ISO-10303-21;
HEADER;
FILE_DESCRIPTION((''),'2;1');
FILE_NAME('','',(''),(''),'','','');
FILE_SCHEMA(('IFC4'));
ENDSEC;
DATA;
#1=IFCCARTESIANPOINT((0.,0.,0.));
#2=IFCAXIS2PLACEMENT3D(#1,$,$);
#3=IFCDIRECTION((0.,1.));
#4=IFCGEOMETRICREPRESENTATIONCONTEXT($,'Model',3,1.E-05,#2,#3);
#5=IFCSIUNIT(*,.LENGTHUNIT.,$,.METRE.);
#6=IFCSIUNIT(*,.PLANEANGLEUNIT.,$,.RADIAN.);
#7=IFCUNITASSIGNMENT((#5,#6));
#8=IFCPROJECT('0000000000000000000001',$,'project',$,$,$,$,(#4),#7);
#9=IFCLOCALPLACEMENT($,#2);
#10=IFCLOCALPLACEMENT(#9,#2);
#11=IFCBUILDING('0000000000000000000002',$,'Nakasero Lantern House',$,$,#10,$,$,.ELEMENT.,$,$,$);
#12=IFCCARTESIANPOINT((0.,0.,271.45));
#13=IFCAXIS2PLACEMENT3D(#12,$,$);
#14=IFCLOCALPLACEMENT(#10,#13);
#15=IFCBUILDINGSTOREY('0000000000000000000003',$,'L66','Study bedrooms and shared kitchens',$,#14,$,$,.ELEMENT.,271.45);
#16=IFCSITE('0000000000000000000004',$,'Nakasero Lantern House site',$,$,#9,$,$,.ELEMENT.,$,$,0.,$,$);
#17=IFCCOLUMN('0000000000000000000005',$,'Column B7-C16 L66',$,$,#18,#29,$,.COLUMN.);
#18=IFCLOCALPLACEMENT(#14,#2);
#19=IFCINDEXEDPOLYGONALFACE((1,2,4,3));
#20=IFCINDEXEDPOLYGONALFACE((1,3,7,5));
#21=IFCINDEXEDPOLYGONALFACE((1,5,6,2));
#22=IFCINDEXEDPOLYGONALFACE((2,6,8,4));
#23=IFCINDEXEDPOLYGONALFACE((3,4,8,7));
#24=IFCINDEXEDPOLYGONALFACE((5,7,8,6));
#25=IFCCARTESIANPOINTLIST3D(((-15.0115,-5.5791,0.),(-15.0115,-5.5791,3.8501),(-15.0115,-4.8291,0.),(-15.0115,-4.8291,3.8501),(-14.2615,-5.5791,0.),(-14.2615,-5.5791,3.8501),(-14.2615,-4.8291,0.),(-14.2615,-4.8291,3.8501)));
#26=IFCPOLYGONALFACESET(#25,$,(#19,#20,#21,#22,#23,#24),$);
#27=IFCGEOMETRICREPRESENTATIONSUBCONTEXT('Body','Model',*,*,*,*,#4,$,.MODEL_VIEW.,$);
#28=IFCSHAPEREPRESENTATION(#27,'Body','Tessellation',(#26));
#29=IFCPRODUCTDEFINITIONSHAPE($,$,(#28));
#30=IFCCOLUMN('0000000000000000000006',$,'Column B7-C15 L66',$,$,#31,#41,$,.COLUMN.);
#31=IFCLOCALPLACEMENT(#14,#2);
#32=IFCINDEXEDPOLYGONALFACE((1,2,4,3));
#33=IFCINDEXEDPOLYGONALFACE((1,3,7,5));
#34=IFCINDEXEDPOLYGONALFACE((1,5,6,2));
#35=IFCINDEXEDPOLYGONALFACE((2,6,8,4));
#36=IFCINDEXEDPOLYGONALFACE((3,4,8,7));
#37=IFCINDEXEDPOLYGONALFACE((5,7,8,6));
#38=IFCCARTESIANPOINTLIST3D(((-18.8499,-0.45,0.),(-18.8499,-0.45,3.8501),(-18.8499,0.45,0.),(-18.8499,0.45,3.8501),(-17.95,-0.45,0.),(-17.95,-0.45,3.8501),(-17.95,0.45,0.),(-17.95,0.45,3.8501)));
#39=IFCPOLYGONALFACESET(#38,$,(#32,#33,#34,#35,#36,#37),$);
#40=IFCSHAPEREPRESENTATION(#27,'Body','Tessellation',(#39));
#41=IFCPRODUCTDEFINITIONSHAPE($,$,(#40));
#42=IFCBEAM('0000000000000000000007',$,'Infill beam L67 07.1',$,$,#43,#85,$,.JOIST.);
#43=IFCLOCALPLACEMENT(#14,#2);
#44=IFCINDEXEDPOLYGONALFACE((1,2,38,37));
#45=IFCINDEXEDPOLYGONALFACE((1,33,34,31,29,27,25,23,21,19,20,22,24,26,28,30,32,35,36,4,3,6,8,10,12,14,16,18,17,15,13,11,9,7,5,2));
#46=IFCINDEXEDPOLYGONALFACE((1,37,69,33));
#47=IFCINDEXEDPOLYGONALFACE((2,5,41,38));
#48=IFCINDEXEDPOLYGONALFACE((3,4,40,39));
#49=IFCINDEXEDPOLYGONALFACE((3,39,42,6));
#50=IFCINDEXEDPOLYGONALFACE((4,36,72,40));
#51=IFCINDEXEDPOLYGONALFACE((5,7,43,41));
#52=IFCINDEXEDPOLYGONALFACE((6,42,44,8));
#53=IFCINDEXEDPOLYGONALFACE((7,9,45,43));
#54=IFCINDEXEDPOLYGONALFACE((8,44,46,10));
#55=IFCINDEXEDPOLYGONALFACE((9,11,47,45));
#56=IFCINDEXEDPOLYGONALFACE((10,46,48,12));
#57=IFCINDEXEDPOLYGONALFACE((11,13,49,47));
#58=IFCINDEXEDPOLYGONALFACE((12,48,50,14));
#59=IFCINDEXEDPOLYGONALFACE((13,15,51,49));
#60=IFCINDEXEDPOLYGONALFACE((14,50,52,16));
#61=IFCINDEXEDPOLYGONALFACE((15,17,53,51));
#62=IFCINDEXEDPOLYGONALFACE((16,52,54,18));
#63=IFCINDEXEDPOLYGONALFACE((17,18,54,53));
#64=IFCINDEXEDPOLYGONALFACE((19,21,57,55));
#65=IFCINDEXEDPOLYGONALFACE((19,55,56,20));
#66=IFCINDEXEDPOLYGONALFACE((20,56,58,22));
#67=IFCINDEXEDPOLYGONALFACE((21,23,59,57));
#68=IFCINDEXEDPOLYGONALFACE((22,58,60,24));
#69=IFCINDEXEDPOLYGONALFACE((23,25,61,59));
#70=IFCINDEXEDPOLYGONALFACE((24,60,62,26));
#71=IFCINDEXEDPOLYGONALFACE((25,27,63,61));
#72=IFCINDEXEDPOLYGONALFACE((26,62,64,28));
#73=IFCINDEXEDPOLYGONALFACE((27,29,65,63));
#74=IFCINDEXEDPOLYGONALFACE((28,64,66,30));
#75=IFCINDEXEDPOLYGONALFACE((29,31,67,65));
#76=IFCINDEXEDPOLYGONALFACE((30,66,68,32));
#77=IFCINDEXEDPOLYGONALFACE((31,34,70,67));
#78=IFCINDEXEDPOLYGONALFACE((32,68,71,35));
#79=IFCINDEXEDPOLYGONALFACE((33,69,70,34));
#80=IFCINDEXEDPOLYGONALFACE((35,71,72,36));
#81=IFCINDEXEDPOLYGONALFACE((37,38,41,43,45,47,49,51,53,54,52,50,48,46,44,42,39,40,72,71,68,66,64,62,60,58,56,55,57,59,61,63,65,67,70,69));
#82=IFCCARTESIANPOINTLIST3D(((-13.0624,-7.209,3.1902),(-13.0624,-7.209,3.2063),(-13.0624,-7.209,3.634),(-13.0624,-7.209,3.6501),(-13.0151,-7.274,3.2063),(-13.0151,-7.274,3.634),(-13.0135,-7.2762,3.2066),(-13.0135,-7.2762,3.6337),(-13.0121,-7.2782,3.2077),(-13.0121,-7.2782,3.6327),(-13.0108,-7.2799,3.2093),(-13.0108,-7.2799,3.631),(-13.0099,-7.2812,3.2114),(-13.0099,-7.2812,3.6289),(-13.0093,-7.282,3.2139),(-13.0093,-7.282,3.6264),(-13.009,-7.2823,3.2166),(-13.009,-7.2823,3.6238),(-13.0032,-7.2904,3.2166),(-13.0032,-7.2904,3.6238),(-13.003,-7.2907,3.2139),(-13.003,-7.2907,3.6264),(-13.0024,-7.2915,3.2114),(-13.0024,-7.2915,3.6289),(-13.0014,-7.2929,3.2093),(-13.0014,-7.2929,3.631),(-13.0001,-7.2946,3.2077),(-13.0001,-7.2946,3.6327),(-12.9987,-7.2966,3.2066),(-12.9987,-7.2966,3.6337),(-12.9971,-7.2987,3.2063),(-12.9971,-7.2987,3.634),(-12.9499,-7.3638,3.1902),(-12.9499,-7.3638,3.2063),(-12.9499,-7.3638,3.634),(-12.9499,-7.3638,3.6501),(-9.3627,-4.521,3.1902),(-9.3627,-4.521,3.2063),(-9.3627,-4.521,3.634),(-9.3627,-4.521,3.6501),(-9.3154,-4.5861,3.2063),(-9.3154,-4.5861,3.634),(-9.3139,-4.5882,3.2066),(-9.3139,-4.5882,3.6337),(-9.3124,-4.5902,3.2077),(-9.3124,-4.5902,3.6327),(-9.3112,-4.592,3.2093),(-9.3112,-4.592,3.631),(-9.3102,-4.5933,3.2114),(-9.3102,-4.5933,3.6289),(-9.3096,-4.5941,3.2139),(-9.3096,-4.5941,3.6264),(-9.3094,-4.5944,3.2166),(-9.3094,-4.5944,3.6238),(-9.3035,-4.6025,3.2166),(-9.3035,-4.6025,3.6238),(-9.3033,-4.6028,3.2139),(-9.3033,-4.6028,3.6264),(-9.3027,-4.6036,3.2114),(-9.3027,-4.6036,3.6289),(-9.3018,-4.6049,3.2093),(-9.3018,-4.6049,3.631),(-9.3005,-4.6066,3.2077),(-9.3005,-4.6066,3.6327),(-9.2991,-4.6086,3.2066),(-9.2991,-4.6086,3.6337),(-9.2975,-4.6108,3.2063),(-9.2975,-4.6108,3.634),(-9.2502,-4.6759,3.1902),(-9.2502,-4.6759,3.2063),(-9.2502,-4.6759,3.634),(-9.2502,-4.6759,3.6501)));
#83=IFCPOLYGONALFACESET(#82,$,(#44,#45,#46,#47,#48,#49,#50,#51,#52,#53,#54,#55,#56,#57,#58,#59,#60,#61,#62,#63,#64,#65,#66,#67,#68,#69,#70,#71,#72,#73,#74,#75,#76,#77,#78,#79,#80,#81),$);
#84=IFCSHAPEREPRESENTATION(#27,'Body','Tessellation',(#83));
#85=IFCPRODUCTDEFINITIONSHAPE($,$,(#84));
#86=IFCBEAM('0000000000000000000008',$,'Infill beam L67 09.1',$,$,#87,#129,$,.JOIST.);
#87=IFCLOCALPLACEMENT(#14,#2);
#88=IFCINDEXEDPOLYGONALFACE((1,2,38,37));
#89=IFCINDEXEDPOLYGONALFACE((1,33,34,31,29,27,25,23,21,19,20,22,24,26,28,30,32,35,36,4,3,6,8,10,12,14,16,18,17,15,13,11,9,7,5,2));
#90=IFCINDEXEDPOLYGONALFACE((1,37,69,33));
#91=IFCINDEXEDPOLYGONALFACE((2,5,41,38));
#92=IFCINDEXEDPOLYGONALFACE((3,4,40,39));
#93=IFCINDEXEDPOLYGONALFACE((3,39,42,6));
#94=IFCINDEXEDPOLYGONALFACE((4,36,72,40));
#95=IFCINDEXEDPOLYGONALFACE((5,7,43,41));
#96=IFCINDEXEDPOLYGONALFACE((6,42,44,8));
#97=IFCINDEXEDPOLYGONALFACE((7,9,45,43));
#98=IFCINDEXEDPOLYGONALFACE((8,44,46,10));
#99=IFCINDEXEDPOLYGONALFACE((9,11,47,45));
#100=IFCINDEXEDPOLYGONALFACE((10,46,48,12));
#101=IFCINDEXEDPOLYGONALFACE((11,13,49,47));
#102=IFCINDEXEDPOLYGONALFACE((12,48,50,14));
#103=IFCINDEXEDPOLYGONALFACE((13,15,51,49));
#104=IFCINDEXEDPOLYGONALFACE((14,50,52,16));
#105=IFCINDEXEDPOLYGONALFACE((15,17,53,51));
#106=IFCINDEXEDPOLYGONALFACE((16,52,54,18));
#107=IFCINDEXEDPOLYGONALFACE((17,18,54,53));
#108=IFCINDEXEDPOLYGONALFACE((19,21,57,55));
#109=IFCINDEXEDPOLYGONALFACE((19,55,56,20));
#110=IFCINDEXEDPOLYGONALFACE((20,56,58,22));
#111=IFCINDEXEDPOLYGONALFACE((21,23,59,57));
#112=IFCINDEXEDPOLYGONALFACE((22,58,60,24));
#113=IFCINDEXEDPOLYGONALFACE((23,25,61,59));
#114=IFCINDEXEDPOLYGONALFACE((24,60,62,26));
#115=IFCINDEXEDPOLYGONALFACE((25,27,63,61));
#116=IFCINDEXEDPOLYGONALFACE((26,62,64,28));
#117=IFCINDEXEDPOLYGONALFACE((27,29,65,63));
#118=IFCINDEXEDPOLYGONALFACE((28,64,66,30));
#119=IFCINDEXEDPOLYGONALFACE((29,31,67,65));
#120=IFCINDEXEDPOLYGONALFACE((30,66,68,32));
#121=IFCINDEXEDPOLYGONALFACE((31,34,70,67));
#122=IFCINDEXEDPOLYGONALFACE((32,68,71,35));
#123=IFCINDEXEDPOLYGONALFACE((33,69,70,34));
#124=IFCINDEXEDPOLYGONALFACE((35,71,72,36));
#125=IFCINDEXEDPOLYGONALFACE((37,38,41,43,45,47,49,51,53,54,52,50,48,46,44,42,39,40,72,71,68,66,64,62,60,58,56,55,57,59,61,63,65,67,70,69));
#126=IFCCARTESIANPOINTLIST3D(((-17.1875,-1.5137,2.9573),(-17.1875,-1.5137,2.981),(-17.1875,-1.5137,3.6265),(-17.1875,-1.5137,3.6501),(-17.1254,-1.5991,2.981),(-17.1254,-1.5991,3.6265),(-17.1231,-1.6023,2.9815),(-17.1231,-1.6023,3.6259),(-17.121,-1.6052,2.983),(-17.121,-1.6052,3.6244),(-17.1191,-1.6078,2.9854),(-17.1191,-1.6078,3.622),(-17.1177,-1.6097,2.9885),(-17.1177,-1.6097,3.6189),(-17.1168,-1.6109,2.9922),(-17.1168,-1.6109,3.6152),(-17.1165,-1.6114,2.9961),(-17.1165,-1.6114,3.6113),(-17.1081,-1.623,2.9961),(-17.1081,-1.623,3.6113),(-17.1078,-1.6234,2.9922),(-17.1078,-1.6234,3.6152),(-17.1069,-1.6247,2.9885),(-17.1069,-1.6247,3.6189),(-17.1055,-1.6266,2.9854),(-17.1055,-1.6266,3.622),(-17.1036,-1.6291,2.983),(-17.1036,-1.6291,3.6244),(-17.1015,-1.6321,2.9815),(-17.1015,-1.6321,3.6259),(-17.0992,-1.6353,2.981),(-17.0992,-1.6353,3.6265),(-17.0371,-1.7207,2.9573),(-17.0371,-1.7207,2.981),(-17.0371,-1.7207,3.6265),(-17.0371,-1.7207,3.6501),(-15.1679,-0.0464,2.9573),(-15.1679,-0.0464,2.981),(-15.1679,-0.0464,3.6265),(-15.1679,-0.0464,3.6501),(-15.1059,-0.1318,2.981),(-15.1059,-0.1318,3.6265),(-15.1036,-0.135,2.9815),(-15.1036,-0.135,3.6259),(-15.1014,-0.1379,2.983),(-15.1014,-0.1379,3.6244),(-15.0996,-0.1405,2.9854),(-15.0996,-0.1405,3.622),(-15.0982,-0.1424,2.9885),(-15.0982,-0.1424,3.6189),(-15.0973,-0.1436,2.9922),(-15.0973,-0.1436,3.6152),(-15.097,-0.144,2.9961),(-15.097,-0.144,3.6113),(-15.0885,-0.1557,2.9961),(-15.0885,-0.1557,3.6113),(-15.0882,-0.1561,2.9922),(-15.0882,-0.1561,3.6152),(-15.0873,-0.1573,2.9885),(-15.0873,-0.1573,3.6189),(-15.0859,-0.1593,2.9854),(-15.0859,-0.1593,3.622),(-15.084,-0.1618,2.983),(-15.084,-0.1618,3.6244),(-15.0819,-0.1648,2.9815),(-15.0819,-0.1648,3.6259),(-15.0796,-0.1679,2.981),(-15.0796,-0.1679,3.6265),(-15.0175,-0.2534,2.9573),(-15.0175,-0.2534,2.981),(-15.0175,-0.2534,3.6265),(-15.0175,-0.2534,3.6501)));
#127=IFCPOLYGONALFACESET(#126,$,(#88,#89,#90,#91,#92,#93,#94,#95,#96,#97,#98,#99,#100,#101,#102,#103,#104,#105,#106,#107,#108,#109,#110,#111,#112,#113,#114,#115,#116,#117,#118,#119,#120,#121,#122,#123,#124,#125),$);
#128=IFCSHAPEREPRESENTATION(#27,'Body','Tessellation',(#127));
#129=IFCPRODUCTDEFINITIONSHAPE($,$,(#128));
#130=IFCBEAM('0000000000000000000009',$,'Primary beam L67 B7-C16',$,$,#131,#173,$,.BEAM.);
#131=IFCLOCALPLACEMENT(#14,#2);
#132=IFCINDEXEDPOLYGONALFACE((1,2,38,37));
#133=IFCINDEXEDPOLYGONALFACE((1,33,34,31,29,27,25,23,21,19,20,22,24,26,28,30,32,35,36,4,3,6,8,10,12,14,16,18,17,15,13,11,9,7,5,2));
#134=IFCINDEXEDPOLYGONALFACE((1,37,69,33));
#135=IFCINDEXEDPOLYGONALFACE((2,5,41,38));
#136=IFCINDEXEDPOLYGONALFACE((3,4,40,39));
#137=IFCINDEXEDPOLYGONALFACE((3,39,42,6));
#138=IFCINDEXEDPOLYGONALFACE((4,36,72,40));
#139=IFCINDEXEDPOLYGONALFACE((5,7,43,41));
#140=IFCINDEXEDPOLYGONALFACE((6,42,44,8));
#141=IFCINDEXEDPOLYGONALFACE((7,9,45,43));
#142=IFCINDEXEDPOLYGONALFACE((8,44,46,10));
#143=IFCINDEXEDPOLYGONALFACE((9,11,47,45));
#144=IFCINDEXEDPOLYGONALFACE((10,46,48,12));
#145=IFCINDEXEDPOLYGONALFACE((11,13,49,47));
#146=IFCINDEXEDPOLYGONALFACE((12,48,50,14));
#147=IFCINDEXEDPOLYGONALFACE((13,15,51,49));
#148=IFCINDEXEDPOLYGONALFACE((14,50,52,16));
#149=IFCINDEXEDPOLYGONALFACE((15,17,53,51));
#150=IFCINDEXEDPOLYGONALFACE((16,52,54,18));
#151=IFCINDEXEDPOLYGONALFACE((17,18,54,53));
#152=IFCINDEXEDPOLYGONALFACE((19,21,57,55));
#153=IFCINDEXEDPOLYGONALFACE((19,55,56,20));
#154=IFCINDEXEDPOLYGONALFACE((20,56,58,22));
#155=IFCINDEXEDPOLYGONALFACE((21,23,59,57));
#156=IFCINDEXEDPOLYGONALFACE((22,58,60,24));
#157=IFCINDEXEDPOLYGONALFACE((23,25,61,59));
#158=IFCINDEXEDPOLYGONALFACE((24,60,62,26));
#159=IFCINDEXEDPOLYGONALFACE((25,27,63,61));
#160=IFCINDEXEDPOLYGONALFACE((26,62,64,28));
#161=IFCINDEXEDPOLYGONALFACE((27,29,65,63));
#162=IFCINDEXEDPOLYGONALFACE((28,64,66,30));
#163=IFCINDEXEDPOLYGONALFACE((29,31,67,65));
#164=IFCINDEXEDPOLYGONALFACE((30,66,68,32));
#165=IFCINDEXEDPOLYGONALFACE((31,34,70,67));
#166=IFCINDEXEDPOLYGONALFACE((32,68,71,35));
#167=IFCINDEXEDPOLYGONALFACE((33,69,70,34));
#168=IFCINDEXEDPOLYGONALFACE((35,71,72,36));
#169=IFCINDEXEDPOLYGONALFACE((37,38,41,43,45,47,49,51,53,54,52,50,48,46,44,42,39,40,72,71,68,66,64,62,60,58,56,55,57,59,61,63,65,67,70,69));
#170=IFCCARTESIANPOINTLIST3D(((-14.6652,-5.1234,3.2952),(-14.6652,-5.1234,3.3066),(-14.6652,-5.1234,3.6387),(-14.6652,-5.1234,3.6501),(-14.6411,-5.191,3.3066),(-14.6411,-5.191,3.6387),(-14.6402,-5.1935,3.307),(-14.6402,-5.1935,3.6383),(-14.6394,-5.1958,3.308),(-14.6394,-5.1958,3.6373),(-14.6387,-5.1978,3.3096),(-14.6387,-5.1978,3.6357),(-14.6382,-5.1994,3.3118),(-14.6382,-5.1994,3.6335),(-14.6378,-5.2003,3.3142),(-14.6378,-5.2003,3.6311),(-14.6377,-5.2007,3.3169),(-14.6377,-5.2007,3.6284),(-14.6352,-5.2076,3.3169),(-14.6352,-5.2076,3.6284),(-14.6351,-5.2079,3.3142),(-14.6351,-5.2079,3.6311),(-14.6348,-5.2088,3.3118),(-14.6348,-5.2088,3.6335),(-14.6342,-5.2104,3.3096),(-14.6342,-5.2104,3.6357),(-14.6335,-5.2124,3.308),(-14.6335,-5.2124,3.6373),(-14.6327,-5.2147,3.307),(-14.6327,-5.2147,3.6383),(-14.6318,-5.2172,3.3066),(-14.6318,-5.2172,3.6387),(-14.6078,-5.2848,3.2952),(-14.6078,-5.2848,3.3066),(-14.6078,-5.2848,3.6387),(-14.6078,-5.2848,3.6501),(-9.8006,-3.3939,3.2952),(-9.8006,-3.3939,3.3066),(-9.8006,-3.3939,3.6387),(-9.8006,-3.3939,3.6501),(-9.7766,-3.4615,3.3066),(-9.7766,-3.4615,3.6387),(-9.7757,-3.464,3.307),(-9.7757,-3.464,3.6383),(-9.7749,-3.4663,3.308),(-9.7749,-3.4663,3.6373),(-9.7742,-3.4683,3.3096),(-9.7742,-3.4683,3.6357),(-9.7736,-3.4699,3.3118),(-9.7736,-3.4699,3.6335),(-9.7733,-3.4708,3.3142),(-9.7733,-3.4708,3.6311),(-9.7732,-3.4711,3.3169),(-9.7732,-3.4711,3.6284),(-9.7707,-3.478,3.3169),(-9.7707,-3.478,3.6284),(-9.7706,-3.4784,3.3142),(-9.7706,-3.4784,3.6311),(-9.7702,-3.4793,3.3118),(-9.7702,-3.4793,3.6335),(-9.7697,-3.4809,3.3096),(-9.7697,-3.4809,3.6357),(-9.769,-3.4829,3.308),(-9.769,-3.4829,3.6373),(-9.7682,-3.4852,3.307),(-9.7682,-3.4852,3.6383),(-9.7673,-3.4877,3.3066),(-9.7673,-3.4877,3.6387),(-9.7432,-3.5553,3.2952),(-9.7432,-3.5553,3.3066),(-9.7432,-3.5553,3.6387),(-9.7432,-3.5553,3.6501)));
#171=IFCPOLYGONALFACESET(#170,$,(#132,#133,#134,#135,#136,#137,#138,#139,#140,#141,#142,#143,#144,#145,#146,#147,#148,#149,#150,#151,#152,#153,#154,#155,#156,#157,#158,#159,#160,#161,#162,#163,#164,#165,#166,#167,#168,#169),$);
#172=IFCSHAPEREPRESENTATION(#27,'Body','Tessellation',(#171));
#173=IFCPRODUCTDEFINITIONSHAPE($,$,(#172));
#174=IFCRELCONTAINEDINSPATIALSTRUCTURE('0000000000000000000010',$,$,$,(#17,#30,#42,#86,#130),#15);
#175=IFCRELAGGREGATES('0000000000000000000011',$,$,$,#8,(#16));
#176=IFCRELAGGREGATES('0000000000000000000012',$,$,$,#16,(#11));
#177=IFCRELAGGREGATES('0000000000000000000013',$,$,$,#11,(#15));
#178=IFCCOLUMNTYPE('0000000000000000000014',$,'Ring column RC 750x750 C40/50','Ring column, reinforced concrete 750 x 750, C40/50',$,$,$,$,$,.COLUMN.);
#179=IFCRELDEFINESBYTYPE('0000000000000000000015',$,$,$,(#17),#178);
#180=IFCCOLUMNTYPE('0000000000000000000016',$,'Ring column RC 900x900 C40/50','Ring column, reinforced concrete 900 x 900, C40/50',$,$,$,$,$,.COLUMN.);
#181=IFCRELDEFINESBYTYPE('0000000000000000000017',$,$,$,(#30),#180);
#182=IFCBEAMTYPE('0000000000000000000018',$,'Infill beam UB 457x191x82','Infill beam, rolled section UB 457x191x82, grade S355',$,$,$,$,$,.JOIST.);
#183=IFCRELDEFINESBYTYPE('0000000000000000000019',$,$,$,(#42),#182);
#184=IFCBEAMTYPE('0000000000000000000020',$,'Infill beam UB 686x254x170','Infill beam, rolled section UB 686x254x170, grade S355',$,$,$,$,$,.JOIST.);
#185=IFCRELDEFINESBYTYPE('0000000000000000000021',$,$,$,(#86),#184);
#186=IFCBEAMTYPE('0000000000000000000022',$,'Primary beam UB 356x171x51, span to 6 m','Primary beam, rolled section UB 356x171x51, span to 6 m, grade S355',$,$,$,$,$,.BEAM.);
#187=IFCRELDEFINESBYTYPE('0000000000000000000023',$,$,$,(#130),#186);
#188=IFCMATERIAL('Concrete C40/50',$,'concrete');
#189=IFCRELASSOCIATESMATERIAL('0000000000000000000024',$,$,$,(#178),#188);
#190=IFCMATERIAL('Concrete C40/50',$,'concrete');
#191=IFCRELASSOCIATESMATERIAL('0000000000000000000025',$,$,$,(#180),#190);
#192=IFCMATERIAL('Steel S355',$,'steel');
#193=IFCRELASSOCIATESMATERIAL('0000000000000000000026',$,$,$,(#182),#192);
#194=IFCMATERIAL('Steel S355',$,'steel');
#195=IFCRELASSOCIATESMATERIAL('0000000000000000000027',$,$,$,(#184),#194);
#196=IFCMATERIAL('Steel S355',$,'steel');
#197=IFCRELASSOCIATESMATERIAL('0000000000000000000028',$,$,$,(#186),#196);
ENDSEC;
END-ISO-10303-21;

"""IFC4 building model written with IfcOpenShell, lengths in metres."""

from ifc_helpers import new_model, si_unit, direction, frame, origin, origin_2d, place, context, subcontext, project, spatial, rectangle, i_section, extrude, material, material_profile, profile_set, type_object, element, save


model = new_model("IFC4")

# Units and contexts
model_context = context("Model", 3, precision=1e-05, world=origin(), true_north=direction((0.0, 1.0)))
body_context = subcontext(model_context, "Body", "Model", "MODEL_VIEW")
ifc_project = project(units=[si_unit("LENGTHUNIT", "METRE"), si_unit("PLANEANGLEUNIT", "RADIAN")], contexts=[model_context])

# Site, building, storey
site_placement = place(None, origin())
site = spatial("IfcSite", under=ifc_project, at=site_placement, Name="Nakasero Lantern House site", CompositionType="ELEMENT", RefElevation=0.0)
building_placement = place(site_placement, origin())
building = spatial("IfcBuilding", under=site, at=building_placement, Name="Nakasero Lantern House", CompositionType="ELEMENT")
storey_placement = place(building_placement, frame((0.0, 0.0, 271.45)))
storey = spatial("IfcBuildingStorey", under=building, at=storey_placement, Name="L66", Description="Study bedrooms and shared kitchens", CompositionType="ELEMENT", Elevation=271.45)

# Columns
ifc_material_1 = material(Name="Concrete C40/50", Category="concrete")
ifc_material_profile_1 = material_profile(ifc_material_1, rectangle(XDim=0.75, YDim=0.75, at=origin_2d()), Name="RC 750x750")
ifc_profile_set_1 = profile_set([ifc_material_profile_1], Name="Concrete C40/50")
column_type_1 = type_object("IfcColumnType", Name="Ring column RC 750x750 C40/50", Description="Ring column, reinforced concrete 750 x 750, C40/50", PredefinedType="COLUMN", material=ifc_profile_set_1)
column_1_placement = place(storey_placement, frame((-14.6365, -5.2041, 0.0), z_axis=(0.0, 0.0, 1.0), x_axis=(1.0, 0.0, 0.0)))
element("IfcColumn", 1, at=column_1_placement, inside=storey, type_object=column_type_1, Name="Column B7-C16 L66", PredefinedType="COLUMN", context=body_context, shape_type="SweptSolid", body=[
    extrude(rectangle(XDim=0.75, YDim=0.75, at=origin_2d()), origin(), (0.0, 0.0, 1.0), 3.8501),
])
ifc_material_2 = material(Name="Concrete C40/50", Category="concrete")
ifc_material_profile_2 = material_profile(ifc_material_2, rectangle(XDim=0.8999, YDim=0.8999, at=origin_2d()), Name="RC 900x900")
ifc_profile_set_2 = profile_set([ifc_material_profile_2], Name="Concrete C40/50")
column_type_2 = type_object("IfcColumnType", Name="Ring column RC 900x900 C40/50", Description="Ring column, reinforced concrete 900 x 900, C40/50", PredefinedType="COLUMN", material=ifc_profile_set_2)
column_2_placement = place(storey_placement, frame((-18.3999, 0.0, 0.0), z_axis=(0.0, 0.0, 1.0), x_axis=(1.0, 0.0, 0.0)))
element("IfcColumn", 2, at=column_2_placement, inside=storey, type_object=column_type_2, Name="Column B7-C15 L66", PredefinedType="COLUMN", context=body_context, shape_type="SweptSolid", body=[
    extrude(rectangle(XDim=0.8999, YDim=0.8999, at=origin_2d()), origin(), (0.0, 0.0, 1.0), 3.8501),
])

# Beams
ifc_material_3 = material(Name="Steel S355", Category="steel")
ifc_material_profile_3 = material_profile(ifc_material_3, i_section(OverallWidth=0.1914, OverallDepth=0.46, WebThickness=0.01, FlangeThickness=0.0161, FilletRadius=0.0103, at=origin_2d()), Name="UB 457x191x82")
ifc_profile_set_3 = profile_set([ifc_material_profile_3], Name="Steel S355")
beam_type_1 = type_object("IfcBeamType", Name="Infill beam UB 457x191x82", Description="Infill beam, rolled section UB 457x191x82, grade S355", PredefinedType="JOIST", material=ifc_profile_set_3)
beam_1_placement = place(storey_placement, frame((-13.0061, -7.2864, 3.4202), z_axis=(0.809018, 0.587784, 0.0), x_axis=(-0.587784, 0.809018, 0.0)))
element("IfcBeam", 3, at=beam_1_placement, inside=storey, type_object=beam_type_1, Name="Infill beam L67 07.1", PredefinedType="JOIST", context=body_context, shape_type="SweptSolid", body=[
    extrude(i_section(OverallWidth=0.1914, OverallDepth=0.46, WebThickness=0.01, FlangeThickness=0.0161, FilletRadius=0.0103, at=origin_2d()), origin(), (0.0, 0.0, 1.0), 4.573),
])
ifc_material_4 = material(Name="Steel S355", Category="steel")
ifc_material_profile_4 = material_profile(ifc_material_4, i_section(OverallWidth=0.2559, OverallDepth=0.6929, WebThickness=0.0144, FlangeThickness=0.0237, FilletRadius=0.0151, at=origin_2d()), Name="UB 686x254x170")
ifc_profile_set_4 = profile_set([ifc_material_profile_4], Name="Steel S355")
beam_type_2 = type_object("IfcBeamType", Name="Infill beam UB 686x254x170", Description="Infill beam, rolled section UB 686x254x170, grade S355", PredefinedType="JOIST", material=ifc_profile_set_4)
beam_2_placement = place(storey_placement, frame((-17.1123, -1.6172, 3.3037), z_axis=(0.809015, 0.587788, 0.0), x_axis=(-0.587788, 0.809015, 0.0)))
element("IfcBeam", 4, at=beam_2_placement, inside=storey, type_object=beam_type_2, Name="Infill beam L67 09.1", PredefinedType="JOIST", context=body_context, shape_type="SweptSolid", body=[
    extrude(i_section(OverallWidth=0.2559, OverallDepth=0.6929, WebThickness=0.0144, FlangeThickness=0.0237, FilletRadius=0.0151, at=origin_2d()), origin(), (0.0, 0.0, 1.0), 2.4963),
])
ifc_material_5 = material(Name="Steel S355", Category="steel")
ifc_material_profile_5 = material_profile(ifc_material_5, i_section(OverallWidth=0.1714, OverallDepth=0.355, WebThickness=0.0073, FlangeThickness=0.0115, FilletRadius=0.0103, at=origin_2d()), Name="UB 356x171x51")
ifc_profile_set_5 = profile_set([ifc_material_profile_5], Name="Steel S355")
beam_type_3 = type_object("IfcBeamType", Name="Primary beam UB 356x171x51, span to 6 m", Description="Primary beam, rolled section UB 356x171x51, span to 6 m, grade S355", PredefinedType="BEAM", material=ifc_profile_set_5)
beam_3_placement = place(storey_placement, frame((-14.6365, -5.2041, 3.4727), z_axis=(0.942221, 0.334991, 0.0), x_axis=(-0.334991, 0.942221, 0.0)))
element("IfcBeam", 5, at=beam_3_placement, inside=storey, type_object=beam_type_3, Name="Primary beam L67 B7-C16", PredefinedType="BEAM", context=body_context, shape_type="SweptSolid", body=[
    extrude(i_section(OverallWidth=0.1714, OverallDepth=0.355, WebThickness=0.0073, FlangeThickness=0.0115, FilletRadius=0.0103, at=origin_2d()), origin(), (0.0, 0.0, 1.0), 5.1628),
])

save(model, "model.ifc")
